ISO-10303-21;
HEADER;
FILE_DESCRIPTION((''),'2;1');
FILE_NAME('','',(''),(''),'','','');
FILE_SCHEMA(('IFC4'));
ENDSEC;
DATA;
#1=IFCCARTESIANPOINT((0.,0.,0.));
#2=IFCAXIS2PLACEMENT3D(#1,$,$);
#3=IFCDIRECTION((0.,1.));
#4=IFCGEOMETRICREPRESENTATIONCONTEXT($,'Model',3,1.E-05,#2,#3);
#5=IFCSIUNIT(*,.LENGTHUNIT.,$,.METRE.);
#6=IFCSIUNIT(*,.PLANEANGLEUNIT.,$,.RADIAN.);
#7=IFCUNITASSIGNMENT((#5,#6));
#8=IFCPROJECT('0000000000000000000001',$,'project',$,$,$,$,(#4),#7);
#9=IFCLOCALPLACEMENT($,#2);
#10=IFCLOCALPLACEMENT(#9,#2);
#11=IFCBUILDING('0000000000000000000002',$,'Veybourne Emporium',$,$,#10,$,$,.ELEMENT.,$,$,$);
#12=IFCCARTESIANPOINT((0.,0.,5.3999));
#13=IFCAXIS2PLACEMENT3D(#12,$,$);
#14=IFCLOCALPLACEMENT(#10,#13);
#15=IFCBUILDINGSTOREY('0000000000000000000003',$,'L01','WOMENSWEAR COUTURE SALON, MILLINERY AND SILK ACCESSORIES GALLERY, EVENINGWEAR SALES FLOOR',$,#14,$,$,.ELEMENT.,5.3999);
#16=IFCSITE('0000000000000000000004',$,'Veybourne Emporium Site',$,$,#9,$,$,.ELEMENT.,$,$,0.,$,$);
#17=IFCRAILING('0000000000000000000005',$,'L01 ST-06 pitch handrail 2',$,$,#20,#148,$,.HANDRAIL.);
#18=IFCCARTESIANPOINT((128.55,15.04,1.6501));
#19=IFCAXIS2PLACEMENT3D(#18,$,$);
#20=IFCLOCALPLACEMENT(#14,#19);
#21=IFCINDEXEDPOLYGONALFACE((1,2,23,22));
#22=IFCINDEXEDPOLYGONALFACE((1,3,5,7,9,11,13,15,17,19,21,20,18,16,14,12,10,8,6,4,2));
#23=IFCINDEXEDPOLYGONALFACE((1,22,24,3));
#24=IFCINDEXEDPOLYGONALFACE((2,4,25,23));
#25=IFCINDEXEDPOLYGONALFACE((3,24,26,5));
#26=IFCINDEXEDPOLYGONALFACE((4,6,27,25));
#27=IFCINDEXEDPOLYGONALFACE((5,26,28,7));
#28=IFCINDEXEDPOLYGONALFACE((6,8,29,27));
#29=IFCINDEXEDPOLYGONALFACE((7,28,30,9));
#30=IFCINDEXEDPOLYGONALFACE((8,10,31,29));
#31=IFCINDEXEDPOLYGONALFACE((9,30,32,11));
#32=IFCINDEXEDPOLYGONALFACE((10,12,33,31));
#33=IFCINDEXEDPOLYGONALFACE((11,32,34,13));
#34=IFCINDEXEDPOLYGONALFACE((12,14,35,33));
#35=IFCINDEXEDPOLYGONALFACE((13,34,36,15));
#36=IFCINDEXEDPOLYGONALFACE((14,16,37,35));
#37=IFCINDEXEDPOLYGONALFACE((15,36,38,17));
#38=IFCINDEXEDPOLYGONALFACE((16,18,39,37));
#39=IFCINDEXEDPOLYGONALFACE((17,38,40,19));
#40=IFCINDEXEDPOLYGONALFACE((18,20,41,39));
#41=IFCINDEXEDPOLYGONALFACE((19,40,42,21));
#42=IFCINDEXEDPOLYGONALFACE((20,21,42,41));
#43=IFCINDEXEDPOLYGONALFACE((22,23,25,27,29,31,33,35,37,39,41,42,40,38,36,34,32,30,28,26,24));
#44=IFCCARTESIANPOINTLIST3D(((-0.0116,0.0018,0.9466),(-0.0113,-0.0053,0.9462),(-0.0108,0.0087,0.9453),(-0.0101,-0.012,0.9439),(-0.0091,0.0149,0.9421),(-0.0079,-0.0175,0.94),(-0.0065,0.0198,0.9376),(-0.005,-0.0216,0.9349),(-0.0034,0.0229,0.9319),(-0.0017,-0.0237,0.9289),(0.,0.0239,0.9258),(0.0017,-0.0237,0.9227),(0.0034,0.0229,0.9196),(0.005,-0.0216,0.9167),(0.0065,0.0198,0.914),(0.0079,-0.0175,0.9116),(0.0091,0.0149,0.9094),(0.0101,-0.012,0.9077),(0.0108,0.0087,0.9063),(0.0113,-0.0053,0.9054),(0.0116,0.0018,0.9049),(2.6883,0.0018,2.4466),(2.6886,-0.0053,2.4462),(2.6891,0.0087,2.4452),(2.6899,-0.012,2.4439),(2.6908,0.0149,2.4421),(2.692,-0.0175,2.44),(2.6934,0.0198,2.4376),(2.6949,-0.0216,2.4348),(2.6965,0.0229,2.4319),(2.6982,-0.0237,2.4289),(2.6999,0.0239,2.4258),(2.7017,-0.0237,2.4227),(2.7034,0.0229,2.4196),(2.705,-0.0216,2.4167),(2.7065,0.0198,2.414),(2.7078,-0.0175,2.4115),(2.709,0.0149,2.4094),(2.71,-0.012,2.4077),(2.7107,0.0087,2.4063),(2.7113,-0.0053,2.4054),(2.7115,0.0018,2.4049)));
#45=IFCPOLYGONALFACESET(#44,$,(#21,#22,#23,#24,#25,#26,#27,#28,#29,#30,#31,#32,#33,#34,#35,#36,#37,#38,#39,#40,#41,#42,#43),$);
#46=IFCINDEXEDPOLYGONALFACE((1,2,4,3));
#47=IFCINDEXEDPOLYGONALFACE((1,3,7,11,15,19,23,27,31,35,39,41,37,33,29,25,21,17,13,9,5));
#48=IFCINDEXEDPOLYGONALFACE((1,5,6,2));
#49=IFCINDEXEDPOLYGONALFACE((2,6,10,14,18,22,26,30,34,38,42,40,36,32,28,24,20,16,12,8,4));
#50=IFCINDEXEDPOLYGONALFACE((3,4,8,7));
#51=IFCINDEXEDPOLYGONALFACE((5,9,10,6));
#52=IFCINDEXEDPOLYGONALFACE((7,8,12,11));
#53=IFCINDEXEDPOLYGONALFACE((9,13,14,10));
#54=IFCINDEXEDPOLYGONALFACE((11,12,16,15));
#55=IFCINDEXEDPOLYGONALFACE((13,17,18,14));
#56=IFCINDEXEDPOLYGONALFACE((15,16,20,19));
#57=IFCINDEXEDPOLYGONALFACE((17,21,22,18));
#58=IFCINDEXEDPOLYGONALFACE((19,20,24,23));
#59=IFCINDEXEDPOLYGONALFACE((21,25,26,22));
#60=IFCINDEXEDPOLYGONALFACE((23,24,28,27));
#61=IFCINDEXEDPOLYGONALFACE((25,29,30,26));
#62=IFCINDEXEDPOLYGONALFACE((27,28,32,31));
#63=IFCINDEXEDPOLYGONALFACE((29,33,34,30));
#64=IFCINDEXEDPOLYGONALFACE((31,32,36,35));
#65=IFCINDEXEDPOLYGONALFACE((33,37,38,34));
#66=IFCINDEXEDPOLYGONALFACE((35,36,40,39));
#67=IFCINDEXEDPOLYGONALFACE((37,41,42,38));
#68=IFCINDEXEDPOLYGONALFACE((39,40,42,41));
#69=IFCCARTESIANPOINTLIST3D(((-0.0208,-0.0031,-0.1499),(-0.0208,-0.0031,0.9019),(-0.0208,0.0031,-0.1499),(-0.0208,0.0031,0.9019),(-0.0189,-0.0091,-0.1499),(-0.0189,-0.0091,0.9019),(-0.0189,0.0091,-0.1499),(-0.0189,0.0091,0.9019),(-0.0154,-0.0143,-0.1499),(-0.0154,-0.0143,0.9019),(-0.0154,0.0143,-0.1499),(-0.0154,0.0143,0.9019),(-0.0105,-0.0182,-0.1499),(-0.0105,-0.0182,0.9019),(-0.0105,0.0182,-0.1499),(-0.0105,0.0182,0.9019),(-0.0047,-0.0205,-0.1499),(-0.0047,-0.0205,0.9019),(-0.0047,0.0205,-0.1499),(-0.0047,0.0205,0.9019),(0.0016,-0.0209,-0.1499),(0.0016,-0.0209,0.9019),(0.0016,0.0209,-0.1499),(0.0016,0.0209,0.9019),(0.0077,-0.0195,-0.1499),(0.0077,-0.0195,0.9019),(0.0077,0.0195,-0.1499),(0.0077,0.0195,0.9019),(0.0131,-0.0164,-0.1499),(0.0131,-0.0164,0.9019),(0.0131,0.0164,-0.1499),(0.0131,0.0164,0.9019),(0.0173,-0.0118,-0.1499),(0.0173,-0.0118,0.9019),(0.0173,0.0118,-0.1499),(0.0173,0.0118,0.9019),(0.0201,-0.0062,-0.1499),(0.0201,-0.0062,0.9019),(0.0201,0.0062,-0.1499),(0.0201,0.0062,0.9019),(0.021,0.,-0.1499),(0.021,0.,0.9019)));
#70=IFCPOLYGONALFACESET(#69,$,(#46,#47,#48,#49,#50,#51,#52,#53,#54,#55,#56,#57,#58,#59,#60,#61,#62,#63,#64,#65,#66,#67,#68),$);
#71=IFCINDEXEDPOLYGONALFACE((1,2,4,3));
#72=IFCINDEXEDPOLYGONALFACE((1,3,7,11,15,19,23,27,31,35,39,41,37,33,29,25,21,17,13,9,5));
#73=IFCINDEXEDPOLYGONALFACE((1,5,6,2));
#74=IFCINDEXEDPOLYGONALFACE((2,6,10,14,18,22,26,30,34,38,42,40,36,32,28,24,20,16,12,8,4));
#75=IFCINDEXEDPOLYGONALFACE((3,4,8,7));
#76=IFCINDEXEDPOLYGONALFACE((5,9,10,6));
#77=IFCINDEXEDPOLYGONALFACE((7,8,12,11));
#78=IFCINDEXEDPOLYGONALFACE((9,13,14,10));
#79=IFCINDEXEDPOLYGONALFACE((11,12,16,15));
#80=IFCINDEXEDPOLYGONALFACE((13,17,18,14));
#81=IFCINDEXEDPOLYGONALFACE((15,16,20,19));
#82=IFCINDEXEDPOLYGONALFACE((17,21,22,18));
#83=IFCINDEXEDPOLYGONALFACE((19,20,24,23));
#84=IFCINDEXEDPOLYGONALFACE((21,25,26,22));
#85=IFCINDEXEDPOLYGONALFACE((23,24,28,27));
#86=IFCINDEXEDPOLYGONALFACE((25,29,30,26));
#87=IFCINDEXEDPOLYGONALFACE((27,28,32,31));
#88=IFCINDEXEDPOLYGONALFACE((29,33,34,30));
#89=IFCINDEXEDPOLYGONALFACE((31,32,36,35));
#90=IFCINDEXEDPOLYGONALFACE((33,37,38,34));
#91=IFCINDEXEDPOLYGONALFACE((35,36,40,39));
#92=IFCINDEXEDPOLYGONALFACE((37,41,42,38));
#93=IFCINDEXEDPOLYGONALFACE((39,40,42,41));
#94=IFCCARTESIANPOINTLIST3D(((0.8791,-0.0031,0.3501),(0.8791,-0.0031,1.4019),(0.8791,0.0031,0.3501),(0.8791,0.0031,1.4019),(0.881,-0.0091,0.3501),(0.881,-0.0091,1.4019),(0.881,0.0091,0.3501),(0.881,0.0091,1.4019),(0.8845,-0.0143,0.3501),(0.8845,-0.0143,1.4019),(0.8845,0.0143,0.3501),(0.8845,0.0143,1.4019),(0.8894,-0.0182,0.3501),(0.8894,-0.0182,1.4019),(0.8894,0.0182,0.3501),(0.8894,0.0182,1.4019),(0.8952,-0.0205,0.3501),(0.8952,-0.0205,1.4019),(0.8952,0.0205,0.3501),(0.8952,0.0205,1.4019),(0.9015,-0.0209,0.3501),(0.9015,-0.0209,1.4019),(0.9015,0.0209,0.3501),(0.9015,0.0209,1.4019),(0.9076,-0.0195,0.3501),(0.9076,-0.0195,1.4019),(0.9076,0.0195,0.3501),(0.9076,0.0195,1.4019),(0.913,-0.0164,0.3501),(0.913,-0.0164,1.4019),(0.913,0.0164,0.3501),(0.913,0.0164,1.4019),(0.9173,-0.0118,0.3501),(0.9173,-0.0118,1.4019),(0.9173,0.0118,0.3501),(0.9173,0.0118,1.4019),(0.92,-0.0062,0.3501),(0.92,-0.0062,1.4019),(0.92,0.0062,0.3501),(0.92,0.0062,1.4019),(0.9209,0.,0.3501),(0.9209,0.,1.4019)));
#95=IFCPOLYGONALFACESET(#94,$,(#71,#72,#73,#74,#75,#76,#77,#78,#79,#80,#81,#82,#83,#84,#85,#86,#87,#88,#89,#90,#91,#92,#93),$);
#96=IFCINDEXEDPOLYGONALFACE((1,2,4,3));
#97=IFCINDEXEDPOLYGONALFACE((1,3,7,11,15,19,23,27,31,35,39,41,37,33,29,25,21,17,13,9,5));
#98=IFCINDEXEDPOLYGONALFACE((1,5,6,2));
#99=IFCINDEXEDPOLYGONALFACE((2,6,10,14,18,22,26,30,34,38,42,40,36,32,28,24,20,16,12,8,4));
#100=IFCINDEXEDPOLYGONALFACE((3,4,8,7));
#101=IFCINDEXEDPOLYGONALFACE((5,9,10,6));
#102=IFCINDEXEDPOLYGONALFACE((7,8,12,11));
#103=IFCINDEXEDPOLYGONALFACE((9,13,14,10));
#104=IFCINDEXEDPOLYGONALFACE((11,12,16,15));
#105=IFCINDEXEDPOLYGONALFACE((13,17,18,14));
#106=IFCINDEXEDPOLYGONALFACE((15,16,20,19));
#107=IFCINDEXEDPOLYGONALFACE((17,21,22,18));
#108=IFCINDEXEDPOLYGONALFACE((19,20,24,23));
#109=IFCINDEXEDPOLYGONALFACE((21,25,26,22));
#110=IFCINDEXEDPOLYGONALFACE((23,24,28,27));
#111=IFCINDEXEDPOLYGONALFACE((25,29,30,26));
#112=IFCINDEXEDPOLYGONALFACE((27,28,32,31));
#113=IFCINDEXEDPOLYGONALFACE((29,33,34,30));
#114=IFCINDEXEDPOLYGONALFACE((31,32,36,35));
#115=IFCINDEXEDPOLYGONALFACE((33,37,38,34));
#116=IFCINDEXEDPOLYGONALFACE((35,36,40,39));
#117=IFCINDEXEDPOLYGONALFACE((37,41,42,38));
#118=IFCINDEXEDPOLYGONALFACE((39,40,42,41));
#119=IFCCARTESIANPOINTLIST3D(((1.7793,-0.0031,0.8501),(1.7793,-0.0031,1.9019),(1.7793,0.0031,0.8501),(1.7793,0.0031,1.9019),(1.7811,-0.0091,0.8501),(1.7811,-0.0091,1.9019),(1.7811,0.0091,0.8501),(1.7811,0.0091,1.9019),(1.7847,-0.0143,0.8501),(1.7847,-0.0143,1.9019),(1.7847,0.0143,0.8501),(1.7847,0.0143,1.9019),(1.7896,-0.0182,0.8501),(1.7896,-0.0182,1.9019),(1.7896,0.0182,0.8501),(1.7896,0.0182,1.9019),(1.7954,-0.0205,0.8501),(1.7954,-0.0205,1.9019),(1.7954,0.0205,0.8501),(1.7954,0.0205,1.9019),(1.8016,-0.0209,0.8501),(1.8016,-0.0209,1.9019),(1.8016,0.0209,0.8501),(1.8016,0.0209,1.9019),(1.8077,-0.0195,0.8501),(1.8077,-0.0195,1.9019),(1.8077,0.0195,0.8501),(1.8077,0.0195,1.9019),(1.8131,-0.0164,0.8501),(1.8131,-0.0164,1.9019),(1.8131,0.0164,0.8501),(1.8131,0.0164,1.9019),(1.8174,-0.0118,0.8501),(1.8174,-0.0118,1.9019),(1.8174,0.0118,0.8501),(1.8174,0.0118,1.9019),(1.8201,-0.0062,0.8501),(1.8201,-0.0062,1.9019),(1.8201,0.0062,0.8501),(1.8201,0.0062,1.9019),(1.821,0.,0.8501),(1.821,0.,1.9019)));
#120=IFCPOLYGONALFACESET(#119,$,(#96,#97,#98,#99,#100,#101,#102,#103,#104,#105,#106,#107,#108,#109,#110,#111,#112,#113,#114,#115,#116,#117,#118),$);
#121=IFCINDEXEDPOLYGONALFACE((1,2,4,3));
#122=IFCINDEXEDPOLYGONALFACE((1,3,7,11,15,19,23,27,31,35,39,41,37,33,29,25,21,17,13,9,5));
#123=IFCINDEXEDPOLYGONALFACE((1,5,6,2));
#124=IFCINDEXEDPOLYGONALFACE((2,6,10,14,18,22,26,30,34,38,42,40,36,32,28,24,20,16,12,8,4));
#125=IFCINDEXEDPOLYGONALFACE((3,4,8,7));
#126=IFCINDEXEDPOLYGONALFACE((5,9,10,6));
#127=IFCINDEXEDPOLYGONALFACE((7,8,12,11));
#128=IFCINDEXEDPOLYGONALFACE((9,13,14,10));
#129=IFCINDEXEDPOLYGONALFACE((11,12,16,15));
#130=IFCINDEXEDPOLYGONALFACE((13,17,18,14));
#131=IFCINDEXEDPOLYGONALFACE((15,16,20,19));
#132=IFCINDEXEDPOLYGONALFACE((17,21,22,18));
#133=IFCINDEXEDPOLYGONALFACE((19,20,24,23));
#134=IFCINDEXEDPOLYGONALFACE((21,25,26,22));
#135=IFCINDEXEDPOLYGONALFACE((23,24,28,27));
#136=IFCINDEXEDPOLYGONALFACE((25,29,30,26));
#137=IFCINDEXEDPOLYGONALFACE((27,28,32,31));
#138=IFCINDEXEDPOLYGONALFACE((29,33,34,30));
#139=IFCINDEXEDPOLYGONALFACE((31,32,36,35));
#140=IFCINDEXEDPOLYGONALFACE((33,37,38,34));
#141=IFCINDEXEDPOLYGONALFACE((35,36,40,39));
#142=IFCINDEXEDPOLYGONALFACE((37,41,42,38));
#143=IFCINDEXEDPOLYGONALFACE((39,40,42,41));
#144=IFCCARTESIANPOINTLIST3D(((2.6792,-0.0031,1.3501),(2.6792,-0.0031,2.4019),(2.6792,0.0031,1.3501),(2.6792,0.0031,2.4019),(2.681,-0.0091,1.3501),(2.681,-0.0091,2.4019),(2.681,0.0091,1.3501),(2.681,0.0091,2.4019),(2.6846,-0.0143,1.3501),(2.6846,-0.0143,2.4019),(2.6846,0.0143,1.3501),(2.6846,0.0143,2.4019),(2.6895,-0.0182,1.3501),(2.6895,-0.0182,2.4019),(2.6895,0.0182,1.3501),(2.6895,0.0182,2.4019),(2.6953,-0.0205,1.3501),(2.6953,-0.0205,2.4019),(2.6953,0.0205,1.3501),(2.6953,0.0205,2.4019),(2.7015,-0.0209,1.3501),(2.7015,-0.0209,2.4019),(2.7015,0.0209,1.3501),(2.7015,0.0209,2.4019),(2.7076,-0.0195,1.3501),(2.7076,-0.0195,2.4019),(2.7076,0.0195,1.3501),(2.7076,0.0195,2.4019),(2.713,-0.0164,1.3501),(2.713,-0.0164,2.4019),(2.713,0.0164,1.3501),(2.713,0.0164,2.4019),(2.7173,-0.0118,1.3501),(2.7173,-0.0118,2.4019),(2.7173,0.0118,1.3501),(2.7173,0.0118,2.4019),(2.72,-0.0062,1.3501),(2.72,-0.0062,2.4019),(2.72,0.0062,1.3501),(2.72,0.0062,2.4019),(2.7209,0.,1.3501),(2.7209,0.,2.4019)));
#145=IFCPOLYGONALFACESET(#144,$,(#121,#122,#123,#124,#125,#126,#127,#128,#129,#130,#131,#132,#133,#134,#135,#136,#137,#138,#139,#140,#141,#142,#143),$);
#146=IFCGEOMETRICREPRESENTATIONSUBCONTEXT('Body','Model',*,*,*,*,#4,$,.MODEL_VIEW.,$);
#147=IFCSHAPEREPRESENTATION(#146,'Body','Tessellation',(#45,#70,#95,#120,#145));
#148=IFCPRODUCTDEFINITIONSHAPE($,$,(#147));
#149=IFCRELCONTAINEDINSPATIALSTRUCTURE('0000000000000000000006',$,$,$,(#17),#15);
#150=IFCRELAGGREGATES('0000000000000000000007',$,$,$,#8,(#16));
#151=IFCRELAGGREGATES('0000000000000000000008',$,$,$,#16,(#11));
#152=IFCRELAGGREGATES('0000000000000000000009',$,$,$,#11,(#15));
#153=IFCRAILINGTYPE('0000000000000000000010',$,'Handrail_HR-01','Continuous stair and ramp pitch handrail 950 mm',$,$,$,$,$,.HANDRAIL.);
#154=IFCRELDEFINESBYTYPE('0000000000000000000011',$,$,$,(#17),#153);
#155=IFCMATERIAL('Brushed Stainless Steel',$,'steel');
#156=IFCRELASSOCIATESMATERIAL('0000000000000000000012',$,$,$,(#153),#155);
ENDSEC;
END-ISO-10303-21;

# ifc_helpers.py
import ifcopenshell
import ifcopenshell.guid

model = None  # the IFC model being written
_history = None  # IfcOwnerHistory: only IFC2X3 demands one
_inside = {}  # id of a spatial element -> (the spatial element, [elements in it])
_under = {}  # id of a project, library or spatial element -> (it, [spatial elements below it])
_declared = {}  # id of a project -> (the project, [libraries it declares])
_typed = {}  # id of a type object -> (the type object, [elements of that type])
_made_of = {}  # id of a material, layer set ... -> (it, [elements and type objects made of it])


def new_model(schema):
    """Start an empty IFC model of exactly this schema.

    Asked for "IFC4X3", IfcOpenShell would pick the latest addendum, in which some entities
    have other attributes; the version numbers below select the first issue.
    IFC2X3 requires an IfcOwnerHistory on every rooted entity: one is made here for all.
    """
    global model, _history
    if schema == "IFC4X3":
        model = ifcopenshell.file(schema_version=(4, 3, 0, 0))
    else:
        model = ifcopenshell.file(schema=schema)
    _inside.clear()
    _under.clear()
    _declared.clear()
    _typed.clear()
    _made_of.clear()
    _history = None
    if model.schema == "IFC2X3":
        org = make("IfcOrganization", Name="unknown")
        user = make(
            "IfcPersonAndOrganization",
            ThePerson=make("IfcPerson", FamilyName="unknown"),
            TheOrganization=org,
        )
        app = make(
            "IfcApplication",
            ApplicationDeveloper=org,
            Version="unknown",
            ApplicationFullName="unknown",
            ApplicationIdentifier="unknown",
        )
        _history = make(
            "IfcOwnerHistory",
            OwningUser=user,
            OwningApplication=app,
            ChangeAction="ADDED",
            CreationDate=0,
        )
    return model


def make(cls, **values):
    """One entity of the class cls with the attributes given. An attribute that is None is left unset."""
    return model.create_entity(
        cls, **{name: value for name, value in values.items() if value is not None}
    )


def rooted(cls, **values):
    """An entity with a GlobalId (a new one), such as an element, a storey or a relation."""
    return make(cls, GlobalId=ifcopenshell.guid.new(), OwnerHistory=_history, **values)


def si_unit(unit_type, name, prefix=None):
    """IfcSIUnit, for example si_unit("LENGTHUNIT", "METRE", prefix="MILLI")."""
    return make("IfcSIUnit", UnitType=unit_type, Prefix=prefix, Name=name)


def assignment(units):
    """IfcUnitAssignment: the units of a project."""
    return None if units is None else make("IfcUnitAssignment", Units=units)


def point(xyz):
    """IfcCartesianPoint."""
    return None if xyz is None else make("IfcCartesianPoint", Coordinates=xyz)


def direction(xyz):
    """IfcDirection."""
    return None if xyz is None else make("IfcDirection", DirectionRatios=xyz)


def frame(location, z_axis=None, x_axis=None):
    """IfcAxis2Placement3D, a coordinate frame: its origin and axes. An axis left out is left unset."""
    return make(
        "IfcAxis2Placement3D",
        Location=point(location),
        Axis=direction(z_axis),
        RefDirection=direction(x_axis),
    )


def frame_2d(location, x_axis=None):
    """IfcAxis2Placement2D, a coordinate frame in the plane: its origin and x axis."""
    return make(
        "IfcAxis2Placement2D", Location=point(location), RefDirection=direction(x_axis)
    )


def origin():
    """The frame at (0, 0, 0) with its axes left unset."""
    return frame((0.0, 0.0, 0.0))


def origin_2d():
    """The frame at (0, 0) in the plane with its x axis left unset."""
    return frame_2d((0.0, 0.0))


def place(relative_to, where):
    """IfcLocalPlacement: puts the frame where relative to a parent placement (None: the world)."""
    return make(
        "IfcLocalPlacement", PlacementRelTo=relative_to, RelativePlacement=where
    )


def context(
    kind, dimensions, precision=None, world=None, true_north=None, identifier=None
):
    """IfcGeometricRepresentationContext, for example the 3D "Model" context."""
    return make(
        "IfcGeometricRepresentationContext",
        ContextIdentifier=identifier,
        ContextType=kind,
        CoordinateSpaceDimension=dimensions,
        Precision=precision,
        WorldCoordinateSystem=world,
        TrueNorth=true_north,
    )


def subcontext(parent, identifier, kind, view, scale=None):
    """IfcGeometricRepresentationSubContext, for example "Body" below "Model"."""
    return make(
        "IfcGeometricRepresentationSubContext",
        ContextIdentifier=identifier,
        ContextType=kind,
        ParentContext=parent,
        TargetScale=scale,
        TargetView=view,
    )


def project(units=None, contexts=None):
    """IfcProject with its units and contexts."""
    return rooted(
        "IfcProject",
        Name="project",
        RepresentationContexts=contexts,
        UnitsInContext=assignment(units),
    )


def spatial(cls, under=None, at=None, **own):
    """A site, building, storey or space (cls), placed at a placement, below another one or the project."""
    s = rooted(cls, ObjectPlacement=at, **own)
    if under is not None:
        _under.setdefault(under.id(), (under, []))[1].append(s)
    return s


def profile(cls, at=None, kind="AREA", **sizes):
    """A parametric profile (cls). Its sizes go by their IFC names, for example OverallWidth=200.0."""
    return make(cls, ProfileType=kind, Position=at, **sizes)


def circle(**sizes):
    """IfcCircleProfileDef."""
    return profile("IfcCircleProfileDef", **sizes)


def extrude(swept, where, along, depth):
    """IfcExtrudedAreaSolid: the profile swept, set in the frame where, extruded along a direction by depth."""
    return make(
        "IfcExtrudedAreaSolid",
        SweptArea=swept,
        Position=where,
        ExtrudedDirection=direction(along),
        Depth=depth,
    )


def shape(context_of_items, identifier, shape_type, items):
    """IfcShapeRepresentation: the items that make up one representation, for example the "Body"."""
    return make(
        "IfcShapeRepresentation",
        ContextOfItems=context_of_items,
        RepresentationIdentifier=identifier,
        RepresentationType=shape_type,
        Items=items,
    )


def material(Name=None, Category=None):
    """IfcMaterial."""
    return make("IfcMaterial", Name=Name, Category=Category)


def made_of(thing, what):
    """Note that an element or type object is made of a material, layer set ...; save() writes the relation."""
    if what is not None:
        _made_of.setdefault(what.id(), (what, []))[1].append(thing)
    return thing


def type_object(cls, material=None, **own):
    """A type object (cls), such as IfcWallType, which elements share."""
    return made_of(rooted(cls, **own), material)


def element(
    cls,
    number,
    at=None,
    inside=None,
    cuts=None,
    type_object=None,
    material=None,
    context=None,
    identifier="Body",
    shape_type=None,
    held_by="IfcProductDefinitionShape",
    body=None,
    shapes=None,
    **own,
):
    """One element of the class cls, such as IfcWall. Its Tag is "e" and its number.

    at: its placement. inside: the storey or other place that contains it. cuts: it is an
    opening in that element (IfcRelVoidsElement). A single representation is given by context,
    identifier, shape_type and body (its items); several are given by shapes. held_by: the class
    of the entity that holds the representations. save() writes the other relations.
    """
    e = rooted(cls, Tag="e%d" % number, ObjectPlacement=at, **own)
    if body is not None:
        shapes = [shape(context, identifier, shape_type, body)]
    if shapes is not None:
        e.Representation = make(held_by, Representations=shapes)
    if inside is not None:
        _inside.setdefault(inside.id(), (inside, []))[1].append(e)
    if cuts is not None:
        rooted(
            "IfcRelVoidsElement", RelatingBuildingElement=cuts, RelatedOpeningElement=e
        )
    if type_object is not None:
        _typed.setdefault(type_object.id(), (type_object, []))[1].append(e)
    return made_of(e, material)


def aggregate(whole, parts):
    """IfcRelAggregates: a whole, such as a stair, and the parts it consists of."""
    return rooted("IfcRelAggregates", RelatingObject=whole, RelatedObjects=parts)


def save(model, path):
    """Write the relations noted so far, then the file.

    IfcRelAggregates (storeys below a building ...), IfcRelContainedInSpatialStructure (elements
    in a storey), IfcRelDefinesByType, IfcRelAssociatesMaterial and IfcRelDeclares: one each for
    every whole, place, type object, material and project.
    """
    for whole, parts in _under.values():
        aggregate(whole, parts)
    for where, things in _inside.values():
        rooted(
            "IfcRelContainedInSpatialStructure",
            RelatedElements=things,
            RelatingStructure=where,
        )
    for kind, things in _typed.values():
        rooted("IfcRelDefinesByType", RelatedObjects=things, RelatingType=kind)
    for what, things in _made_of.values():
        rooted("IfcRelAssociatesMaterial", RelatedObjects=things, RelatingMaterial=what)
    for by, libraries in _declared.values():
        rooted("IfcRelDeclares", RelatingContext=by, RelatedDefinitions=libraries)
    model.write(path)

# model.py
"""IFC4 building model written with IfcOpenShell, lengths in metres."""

from ifc_helpers import new_model, si_unit, direction, frame, origin, origin_2d, place, context, subcontext, project, spatial, circle, extrude, material, type_object, element, save


model = new_model("IFC4")

# Units and contexts
model_context = context("Model", 3, precision=1e-05, world=origin(), true_north=direction((0.0, 1.0)))
body_context = subcontext(model_context, "Body", "Model", "MODEL_VIEW")
ifc_project = project(units=[si_unit("LENGTHUNIT", "METRE"), si_unit("PLANEANGLEUNIT", "RADIAN")], contexts=[model_context])

# Site, building, storey
site_placement = place(None, origin())
site = spatial("IfcSite", under=ifc_project, at=site_placement, Name="Veybourne Emporium Site", CompositionType="ELEMENT", RefElevation=0.0)
building_placement = place(site_placement, origin())
building = spatial("IfcBuilding", under=site, at=building_placement, Name="Veybourne Emporium", CompositionType="ELEMENT")
storey_placement = place(building_placement, frame((0.0, 0.0, 5.3999)))
storey = spatial("IfcBuildingStorey", under=building, at=storey_placement, Name="L01", Description="WOMENSWEAR COUTURE SALON, MILLINERY AND SILK ACCESSORIES GALLERY, EVENINGWEAR SALES FLOOR", CompositionType="ELEMENT", Elevation=5.3999)

# Railing
ifc_material_1 = material(Name="Brushed Stainless Steel", Category="steel")
railing_type_1 = type_object("IfcRailingType", Name="Handrail_HR-01", Description="Continuous stair and ramp pitch handrail 950 mm", PredefinedType="HANDRAIL", material=ifc_material_1)
railing_1_placement = place(storey_placement, frame((128.55, 15.04, 1.6501)))
element("IfcRailing", 1, at=railing_1_placement, inside=storey, type_object=railing_type_1, Name="L01 ST-06 pitch handrail 2", PredefinedType="HANDRAIL", context=body_context, shape_type="SweptSolid", body=[
    extrude(circle(Radius=0.0239, at=origin_2d()), frame((0.0, 0.0, 0.9258), z_axis=(0.874154, 0.0, 0.48565), x_axis=(0.0, 1.0, 0.0)), (0.0, 0.0, 1.0), 3.0886),
    extrude(circle(Radius=0.021, at=origin_2d()), frame((0.0, 0.0, -0.1499)), (0.0, 0.0, 1.0), 1.0518),
    extrude(circle(Radius=0.021, at=origin_2d()), frame((0.8999, 0.0, 0.3501)), (0.0, 0.0, 1.0), 1.0518),
    extrude(circle(Radius=0.021, at=origin_2d()), frame((1.8, 0.0, 0.8501)), (0.0, 0.0, 1.0), 1.0518),
    extrude(circle(Radius=0.021, at=origin_2d()), frame((2.7, 0.0, 1.3501)), (0.0, 0.0, 1.0), 1.0518),
])

save(model, "model.ifc")
